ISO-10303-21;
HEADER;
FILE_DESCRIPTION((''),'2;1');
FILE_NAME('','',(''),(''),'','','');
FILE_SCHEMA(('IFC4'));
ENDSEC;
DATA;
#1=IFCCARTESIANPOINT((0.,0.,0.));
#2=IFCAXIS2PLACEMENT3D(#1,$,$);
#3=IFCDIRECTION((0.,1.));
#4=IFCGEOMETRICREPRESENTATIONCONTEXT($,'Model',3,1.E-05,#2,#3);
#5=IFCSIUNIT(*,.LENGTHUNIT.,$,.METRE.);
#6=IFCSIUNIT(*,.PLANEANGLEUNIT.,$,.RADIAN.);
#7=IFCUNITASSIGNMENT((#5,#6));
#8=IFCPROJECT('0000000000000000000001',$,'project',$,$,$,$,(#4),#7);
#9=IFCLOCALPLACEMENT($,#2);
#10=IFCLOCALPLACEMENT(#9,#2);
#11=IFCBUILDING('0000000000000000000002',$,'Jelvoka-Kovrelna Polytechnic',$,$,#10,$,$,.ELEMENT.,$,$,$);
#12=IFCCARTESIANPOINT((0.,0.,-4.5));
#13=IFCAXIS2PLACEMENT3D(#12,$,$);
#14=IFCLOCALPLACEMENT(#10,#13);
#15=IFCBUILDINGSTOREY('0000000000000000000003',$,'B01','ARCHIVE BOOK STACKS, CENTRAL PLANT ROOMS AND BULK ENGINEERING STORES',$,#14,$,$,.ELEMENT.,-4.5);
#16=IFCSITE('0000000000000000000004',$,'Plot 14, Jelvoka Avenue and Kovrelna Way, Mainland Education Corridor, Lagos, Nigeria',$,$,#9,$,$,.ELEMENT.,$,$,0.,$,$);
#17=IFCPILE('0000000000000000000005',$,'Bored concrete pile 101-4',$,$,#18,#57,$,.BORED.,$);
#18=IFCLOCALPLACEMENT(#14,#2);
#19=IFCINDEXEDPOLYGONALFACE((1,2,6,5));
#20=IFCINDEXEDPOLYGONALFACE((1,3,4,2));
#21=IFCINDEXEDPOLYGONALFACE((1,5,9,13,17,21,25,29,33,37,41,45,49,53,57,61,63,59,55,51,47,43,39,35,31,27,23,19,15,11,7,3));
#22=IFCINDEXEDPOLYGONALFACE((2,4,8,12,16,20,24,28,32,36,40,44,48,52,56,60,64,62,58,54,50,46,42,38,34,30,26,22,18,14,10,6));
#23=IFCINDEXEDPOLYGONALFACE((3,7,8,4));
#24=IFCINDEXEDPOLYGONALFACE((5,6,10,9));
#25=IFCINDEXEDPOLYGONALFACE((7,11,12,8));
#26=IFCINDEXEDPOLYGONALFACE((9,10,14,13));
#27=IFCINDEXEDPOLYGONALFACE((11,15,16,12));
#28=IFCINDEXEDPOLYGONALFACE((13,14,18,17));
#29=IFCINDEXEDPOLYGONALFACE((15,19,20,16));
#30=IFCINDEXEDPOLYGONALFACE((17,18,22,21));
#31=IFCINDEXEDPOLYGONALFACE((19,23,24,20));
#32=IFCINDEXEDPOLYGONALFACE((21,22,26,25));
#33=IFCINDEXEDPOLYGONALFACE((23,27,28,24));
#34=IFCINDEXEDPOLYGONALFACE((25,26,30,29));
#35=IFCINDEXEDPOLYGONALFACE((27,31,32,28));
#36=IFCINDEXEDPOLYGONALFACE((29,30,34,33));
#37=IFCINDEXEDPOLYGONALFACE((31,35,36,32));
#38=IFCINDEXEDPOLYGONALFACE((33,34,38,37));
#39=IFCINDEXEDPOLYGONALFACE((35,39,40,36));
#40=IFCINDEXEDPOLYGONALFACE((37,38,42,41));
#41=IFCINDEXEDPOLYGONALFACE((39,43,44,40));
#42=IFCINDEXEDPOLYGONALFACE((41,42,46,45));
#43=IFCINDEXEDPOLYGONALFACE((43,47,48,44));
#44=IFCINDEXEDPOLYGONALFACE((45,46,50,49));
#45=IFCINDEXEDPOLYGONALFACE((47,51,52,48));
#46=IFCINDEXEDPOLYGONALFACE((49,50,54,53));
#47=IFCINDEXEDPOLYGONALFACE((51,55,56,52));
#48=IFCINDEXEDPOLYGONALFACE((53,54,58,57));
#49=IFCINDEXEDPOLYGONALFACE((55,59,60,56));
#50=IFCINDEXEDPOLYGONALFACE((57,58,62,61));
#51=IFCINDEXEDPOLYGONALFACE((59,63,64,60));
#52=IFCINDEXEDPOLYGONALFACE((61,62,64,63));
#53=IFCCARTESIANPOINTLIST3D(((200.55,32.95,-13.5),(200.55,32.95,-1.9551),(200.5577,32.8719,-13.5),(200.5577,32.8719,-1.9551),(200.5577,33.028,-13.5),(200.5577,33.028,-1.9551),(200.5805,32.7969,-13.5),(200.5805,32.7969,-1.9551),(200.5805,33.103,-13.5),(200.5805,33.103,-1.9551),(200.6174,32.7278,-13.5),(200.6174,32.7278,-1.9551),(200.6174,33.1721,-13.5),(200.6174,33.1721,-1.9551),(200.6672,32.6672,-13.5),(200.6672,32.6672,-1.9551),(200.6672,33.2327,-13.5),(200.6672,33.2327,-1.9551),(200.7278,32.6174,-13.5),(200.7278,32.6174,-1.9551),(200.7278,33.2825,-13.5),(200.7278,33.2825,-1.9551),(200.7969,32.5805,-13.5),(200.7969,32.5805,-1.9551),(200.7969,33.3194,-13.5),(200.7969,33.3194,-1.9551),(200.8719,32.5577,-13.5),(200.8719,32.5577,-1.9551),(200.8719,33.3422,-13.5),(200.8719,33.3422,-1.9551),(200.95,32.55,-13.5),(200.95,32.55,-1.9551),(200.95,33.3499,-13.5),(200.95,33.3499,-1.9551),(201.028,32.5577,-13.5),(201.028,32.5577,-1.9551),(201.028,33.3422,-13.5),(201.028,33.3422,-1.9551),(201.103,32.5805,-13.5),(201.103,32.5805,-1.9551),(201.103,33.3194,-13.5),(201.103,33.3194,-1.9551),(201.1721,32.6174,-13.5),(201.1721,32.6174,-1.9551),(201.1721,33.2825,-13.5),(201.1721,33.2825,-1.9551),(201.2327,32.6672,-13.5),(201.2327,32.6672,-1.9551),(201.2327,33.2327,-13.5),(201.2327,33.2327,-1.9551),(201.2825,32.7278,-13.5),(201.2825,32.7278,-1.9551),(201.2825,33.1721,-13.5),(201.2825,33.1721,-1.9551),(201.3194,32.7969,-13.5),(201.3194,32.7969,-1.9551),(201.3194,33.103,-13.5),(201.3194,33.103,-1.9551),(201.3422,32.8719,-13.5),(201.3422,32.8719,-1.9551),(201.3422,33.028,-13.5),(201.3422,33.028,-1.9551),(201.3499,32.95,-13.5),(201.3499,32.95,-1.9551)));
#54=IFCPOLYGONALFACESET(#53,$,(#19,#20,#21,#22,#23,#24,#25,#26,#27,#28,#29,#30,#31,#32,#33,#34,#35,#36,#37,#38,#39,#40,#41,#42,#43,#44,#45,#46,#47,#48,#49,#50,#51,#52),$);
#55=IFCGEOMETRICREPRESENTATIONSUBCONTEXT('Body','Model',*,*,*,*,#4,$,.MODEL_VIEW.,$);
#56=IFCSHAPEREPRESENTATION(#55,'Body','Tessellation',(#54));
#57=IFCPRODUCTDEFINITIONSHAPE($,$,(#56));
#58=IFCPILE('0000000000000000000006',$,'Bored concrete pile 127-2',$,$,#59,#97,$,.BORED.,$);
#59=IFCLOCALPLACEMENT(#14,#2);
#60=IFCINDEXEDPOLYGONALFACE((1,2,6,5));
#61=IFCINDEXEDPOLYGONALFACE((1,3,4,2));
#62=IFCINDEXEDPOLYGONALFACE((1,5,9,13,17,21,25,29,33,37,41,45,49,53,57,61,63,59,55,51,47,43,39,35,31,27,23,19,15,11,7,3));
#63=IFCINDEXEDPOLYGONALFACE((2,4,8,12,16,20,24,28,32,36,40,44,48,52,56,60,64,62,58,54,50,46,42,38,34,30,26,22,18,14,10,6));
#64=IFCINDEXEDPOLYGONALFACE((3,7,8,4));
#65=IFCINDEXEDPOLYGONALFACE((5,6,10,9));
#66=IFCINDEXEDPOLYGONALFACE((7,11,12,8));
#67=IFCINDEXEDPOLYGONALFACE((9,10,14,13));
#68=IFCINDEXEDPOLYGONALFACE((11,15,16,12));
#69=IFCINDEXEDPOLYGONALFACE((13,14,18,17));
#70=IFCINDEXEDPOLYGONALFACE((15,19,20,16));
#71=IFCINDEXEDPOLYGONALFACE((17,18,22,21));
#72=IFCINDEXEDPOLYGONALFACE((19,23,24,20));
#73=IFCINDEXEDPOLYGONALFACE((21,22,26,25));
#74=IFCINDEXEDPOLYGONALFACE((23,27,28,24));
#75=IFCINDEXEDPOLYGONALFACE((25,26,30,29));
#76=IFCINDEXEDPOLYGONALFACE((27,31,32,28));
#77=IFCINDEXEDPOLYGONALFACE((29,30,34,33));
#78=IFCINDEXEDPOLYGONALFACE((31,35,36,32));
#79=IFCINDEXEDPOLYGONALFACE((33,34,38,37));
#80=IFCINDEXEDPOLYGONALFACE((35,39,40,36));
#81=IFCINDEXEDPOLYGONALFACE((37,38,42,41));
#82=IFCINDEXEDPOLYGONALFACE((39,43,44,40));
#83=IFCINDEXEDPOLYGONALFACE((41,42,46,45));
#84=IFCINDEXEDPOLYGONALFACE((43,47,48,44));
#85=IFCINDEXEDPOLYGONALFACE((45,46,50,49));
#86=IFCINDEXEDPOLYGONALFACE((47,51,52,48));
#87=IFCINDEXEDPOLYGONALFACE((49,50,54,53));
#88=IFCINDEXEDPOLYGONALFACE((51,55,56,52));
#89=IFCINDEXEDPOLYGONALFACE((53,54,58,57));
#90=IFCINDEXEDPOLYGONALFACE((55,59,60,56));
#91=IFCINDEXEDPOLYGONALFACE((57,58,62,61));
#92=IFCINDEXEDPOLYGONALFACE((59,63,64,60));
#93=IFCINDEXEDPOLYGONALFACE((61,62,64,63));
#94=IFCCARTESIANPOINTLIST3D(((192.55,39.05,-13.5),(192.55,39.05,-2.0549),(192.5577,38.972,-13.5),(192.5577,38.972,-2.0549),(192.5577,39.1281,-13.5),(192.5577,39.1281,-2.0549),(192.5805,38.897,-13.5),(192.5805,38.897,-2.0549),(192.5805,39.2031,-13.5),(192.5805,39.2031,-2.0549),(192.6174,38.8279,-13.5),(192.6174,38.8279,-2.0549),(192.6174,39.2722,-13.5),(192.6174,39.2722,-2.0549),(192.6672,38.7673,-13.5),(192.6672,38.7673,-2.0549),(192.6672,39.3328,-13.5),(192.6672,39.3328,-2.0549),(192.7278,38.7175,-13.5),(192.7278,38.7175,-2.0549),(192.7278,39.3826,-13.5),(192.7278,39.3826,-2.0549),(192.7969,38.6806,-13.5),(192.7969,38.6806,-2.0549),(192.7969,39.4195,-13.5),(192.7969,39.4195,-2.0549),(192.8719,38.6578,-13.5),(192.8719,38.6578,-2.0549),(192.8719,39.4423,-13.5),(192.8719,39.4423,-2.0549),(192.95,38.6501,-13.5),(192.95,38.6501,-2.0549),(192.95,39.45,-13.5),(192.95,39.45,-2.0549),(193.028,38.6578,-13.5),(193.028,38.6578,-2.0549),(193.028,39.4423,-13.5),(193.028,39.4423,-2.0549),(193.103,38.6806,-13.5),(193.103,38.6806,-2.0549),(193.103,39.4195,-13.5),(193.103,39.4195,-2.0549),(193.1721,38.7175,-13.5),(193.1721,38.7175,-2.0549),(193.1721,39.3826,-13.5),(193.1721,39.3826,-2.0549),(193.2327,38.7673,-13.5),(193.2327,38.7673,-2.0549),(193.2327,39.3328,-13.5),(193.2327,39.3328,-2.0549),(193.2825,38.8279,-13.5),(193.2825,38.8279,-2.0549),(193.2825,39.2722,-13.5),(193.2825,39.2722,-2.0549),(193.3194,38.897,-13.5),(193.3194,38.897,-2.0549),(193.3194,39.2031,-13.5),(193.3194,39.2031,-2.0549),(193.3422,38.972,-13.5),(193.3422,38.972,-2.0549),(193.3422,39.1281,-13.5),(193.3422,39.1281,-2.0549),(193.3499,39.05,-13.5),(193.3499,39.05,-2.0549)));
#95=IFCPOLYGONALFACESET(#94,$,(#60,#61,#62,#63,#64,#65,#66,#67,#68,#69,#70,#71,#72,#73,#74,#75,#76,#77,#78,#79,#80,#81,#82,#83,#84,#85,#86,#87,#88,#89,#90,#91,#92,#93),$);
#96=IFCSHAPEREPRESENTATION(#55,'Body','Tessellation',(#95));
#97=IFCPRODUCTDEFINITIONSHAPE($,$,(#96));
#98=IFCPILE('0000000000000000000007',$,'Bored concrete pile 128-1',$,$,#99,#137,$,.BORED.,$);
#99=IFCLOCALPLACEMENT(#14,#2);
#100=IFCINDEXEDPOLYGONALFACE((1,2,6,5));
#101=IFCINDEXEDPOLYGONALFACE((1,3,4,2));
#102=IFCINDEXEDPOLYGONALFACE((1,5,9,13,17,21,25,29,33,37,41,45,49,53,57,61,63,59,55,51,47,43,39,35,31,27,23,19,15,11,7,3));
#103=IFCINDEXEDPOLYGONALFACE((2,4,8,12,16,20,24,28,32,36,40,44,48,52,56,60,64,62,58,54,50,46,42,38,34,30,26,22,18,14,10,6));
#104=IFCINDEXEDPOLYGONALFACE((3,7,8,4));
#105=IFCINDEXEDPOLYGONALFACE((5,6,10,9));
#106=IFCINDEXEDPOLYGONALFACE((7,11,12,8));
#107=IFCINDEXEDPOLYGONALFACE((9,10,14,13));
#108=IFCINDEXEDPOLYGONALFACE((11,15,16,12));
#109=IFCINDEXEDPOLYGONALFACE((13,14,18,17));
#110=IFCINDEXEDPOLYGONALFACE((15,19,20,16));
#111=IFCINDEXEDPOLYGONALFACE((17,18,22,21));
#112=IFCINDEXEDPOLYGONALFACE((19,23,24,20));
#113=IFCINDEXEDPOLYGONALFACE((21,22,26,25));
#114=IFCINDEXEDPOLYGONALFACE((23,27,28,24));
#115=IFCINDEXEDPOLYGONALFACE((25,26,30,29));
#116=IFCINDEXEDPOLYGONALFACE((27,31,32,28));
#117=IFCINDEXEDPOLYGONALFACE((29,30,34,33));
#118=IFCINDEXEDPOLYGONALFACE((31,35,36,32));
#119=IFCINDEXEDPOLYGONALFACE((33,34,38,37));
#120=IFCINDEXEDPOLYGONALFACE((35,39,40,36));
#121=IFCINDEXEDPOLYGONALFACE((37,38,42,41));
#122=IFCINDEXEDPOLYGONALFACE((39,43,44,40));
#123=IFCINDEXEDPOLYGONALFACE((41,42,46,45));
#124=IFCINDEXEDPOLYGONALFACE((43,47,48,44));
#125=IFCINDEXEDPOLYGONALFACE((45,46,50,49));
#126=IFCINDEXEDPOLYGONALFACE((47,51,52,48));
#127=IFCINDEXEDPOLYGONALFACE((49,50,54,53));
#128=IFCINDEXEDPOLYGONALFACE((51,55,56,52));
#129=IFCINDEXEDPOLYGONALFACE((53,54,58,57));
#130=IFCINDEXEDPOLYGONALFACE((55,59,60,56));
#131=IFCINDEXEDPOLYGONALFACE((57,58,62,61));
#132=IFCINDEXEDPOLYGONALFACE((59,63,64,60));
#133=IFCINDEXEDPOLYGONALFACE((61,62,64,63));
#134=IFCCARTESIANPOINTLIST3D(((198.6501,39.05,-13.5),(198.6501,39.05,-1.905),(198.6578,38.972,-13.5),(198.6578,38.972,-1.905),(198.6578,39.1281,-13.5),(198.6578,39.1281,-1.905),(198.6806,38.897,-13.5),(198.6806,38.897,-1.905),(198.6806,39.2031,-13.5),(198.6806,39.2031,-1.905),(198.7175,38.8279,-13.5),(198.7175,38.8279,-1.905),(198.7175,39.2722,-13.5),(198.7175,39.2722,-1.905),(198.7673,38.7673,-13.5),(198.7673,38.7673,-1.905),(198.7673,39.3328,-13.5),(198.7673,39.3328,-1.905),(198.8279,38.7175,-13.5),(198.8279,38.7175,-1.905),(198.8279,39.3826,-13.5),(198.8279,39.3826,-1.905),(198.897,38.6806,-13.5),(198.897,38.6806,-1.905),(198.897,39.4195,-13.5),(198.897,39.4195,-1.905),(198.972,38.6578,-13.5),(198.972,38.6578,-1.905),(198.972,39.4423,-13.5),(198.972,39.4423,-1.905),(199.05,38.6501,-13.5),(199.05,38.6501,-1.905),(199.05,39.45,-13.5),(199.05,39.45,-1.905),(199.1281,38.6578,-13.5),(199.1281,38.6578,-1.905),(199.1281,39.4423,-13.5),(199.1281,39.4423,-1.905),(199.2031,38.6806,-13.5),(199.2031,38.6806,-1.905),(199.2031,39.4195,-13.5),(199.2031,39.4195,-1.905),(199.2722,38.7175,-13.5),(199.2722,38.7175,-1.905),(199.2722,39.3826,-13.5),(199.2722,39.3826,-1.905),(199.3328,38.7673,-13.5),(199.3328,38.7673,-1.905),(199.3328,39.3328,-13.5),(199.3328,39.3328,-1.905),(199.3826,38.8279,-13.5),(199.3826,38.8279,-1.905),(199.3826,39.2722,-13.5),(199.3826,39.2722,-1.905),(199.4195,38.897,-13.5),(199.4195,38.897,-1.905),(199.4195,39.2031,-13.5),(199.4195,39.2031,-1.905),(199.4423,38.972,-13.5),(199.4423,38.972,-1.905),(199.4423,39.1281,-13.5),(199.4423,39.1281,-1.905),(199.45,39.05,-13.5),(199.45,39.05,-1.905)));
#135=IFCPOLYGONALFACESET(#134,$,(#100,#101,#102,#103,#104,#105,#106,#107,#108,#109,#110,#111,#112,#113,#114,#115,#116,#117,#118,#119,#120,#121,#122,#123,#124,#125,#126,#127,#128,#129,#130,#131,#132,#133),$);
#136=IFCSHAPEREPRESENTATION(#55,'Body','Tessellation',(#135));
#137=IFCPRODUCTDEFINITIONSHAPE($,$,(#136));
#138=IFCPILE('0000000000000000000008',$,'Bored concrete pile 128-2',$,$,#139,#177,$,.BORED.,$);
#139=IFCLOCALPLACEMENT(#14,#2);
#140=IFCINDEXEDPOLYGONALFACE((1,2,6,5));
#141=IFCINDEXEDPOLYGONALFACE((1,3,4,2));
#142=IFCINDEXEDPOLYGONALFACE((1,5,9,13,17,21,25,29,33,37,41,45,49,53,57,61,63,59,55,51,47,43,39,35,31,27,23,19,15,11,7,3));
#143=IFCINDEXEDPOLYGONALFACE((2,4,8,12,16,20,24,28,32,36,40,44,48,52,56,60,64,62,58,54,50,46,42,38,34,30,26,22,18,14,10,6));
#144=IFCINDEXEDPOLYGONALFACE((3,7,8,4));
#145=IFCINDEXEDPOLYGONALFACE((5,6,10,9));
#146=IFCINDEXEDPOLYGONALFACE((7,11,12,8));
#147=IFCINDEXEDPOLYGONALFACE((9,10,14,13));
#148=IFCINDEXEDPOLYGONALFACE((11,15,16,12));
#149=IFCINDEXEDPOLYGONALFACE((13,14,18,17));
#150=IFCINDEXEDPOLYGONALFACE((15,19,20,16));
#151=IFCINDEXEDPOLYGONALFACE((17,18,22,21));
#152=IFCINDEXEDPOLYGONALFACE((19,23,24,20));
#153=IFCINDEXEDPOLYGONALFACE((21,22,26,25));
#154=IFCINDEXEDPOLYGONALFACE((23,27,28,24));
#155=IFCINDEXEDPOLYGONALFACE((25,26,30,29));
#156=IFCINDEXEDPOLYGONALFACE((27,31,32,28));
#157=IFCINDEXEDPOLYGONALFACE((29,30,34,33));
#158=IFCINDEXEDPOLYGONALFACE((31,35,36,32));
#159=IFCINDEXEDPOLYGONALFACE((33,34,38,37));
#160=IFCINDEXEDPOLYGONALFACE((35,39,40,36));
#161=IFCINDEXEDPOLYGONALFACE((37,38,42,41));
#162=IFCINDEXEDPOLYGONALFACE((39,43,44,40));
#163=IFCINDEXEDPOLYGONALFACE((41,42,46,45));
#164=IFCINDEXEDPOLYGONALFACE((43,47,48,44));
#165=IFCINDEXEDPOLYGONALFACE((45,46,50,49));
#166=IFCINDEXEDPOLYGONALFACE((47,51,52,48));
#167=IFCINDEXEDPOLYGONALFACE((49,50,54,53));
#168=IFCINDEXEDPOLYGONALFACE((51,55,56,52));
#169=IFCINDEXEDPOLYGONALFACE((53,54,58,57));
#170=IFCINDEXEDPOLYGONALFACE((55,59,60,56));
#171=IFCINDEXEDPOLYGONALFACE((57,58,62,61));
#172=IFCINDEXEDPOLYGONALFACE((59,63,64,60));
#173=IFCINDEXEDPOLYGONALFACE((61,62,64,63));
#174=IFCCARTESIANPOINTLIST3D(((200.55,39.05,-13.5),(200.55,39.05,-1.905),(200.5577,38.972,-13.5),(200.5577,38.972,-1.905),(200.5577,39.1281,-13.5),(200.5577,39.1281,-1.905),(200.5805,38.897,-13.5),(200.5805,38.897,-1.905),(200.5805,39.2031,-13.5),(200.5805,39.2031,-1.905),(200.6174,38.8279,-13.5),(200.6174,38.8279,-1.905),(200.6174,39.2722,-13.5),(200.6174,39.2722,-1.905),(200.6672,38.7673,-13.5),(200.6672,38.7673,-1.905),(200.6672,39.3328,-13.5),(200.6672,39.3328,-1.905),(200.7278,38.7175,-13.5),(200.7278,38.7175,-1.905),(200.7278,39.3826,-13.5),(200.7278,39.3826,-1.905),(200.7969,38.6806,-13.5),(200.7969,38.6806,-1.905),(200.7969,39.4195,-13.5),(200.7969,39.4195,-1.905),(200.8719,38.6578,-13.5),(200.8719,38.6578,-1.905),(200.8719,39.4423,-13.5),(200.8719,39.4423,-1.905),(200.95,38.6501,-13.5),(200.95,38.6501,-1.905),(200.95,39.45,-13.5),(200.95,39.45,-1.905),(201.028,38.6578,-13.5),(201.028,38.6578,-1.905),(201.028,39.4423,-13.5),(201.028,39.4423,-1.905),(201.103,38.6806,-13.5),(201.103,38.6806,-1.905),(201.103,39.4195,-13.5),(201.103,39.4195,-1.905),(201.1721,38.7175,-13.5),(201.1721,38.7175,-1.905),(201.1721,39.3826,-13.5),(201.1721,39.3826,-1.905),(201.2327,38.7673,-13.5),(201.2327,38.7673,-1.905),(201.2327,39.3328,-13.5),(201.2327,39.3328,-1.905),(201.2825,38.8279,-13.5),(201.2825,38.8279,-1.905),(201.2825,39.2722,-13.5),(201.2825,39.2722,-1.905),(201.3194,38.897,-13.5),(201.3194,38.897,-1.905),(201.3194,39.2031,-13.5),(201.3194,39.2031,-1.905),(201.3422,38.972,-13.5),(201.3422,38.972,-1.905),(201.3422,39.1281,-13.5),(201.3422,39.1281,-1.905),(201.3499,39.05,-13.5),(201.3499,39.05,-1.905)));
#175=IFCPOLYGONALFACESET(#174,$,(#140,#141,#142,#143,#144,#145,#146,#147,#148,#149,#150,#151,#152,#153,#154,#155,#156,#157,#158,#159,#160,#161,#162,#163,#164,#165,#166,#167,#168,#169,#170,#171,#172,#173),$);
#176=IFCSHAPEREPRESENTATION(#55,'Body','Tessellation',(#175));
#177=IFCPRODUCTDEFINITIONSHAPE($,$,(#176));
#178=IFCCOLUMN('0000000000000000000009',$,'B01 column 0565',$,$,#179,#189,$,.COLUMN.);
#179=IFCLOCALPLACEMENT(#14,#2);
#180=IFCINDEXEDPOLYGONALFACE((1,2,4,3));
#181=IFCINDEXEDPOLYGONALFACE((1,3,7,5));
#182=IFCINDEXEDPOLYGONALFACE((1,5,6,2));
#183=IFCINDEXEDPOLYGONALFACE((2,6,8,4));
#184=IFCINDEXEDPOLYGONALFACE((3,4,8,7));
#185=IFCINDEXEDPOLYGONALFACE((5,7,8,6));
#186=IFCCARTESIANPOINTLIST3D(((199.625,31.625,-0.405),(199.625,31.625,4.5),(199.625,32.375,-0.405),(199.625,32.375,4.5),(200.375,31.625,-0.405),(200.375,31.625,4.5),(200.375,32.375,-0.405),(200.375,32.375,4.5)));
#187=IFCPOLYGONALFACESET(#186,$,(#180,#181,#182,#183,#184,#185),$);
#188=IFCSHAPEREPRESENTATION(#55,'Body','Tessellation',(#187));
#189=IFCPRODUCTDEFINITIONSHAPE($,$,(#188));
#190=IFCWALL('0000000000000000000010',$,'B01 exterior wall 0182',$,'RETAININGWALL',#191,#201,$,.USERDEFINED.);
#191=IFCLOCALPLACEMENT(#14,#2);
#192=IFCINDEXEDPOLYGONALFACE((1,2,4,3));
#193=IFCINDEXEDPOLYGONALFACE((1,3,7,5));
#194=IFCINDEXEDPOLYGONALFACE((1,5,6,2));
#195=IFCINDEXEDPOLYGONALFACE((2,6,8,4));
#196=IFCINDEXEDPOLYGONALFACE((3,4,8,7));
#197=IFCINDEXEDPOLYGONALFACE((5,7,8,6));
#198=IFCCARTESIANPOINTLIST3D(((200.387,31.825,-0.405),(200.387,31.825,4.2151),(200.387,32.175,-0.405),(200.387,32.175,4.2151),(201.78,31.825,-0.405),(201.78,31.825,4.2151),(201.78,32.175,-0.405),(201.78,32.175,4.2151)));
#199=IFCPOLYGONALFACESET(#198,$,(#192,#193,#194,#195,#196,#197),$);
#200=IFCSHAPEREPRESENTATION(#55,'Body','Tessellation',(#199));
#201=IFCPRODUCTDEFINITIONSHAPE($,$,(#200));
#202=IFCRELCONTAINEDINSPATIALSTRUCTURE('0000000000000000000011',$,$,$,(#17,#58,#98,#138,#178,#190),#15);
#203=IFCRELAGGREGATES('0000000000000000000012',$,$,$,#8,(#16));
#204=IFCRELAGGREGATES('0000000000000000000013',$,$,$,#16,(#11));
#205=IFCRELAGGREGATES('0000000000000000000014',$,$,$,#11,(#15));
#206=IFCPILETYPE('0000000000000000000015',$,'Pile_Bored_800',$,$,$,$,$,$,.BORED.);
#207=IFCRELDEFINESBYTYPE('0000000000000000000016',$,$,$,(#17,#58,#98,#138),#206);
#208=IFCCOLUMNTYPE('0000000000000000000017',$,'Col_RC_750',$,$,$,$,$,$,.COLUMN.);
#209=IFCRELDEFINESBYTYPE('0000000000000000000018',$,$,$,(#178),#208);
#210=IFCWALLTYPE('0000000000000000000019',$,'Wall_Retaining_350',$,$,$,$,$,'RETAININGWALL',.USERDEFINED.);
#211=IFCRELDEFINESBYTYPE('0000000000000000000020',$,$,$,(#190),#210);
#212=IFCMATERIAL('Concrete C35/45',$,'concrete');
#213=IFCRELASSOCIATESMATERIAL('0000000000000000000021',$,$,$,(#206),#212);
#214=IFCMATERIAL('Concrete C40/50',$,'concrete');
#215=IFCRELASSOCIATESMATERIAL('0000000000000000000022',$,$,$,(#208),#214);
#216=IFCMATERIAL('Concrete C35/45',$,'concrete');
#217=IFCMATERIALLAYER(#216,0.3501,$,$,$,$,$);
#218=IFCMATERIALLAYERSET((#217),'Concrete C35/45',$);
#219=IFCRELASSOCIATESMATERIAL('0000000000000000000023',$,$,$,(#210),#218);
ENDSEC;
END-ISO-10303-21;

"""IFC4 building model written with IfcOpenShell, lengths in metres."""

from ifc_helpers import new_model, si_unit, direction, frame, frame_2d, origin, origin_2d, place, context, subcontext, project, spatial, rectangle, circle, extrude, material, layer, layer_set, material_profile, profile_set, type_object, element, save


model = new_model("IFC4")

# Units and contexts
model_context = context("Model", 3, precision=1e-05, world=origin(), true_north=direction((0.0, 1.0)))
body_context = subcontext(model_context, "Body", "Model", "MODEL_VIEW")
ifc_project = project(units=[si_unit("LENGTHUNIT", "METRE"), si_unit("PLANEANGLEUNIT", "RADIAN")], contexts=[model_context])

# Site, building, storey
site_placement = place(None, origin())
site = spatial("IfcSite", under=ifc_project, at=site_placement, Name="Plot 14, Jelvoka Avenue and Kovrelna Way, Mainland Education Corridor, Lagos, Nigeria", CompositionType="ELEMENT", RefElevation=0.0)
building_placement = place(site_placement, origin())
building = spatial("IfcBuilding", under=site, at=building_placement, Name="Jelvoka-Kovrelna Polytechnic", CompositionType="ELEMENT")
storey_placement = place(building_placement, frame((0.0, 0.0, -4.5)))
storey = spatial("IfcBuildingStorey", under=building, at=storey_placement, Name="B01", Description="ARCHIVE BOOK STACKS, CENTRAL PLANT ROOMS AND BULK ENGINEERING STORES", CompositionType="ELEMENT", Elevation=-4.5)

# Piles
ifc_material_1 = material(Name="Concrete C35/45", Category="concrete")
ifc_material_profile_1 = material_profile(ifc_material_1, circle(Radius=0.3999, at=origin_2d()), Name="PILE D800")
ifc_profile_set_1 = profile_set([ifc_material_profile_1], Name="Concrete C35/45")
pile_type = type_object("IfcPileType", Name="Pile_Bored_800", PredefinedType="BORED", material=ifc_profile_set_1)
for number, where, z_axis, x_axis, name in (
    (1, (200.95, 32.95, -1.9551), (0.0, 0.0, -1.0), (1.0, 0.0, 0.0), "Bored concrete pile 101-4"),
):
    element("IfcPile", number, at=place(storey_placement, frame(where, z_axis=z_axis, x_axis=x_axis)), inside=storey, type_object=pile_type, Name=name, PredefinedType="BORED", context=body_context, shape_type="SweptSolid", body=[
        extrude(circle(Radius=0.3999, at=origin_2d()), origin(), (0.0, 0.0, 1.0), 11.5449),
    ])
pile_placement = place(storey_placement, frame((192.95, 39.05, -2.0549), z_axis=(0.0, 0.0, -1.0), x_axis=(1.0, 0.0, 0.0)))
element("IfcPile", 2, at=pile_placement, inside=storey, type_object=pile_type, Name="Bored concrete pile 127-2", PredefinedType="BORED", context=body_context, shape_type="SweptSolid", body=[
    extrude(circle(Radius=0.3999, at=origin_2d()), origin(), (0.0, 0.0, 1.0), 11.4451),
])
for number, where, z_axis, x_axis, name in (
    (3, (199.05, 39.05, -1.905), (0.0, 0.0, -1.0), (1.0, 0.0, 0.0), "Bored concrete pile 128-1"),
    (4, (200.95, 39.05, -1.905), (0.0, 0.0, -1.0), (1.0, 0.0, 0.0), "Bored concrete pile 128-2"),
):
    element("IfcPile", number, at=place(storey_placement, frame(where, z_axis=z_axis, x_axis=x_axis)), inside=storey, type_object=pile_type, Name=name, PredefinedType="BORED", context=body_context, shape_type="SweptSolid", body=[
        extrude(circle(Radius=0.3999, at=origin_2d()), origin(), (0.0, 0.0, 1.0), 11.595),
    ])

# Column
ifc_material_2 = material(Name="Concrete C40/50", Category="concrete")
ifc_material_profile_2 = material_profile(ifc_material_2, rectangle(XDim=0.75, YDim=0.75, at=origin_2d()), Name="RC 750x750")
ifc_profile_set_2 = profile_set([ifc_material_profile_2], Name="Concrete C40/50")
column_type = type_object("IfcColumnType", Name="Col_RC_750", PredefinedType="COLUMN", material=ifc_profile_set_2)
column_placement = place(storey_placement, frame((200.0, 32.0, -0.405), z_axis=(0.0, 0.0, 1.0), x_axis=(1.0, 0.0, 0.0)))
element("IfcColumn", 5, at=column_placement, inside=storey, type_object=column_type, Name="B01 column 0565", PredefinedType="COLUMN", context=body_context, shape_type="SweptSolid", body=[
    extrude(rectangle(XDim=0.75, YDim=0.75, at=origin_2d()), origin(), (0.0, 0.0, 1.0), 4.905),
])

# Wall
ifc_material_3 = material(Name="Concrete C35/45", Category="concrete")
ifc_layer = layer(ifc_material_3, 0.3501)
ifc_layer_set = layer_set([ifc_layer], Name="Concrete C35/45")
wall_type = type_object("IfcWallType", Name="Wall_Retaining_350", ElementType="RETAININGWALL", PredefinedType="USERDEFINED", material=ifc_layer_set)
wall_placement = place(storey_placement, frame((200.387, 32.0, -0.405), z_axis=(0.0, 0.0, 1.0), x_axis=(1.0, 0.0, 0.0)))
element("IfcWall", 6, at=wall_placement, inside=storey, type_object=wall_type, Name="B01 exterior wall 0182", ObjectType="RETAININGWALL", PredefinedType="USERDEFINED", context=body_context, shape_type="SweptSolid", body=[
    extrude(rectangle(XDim=1.3931, YDim=0.3501, at=frame_2d((0.6965, 0.0))), origin(), (0.0, 0.0, 1.0), 4.6201),
])

save(model, "model.ifc")
